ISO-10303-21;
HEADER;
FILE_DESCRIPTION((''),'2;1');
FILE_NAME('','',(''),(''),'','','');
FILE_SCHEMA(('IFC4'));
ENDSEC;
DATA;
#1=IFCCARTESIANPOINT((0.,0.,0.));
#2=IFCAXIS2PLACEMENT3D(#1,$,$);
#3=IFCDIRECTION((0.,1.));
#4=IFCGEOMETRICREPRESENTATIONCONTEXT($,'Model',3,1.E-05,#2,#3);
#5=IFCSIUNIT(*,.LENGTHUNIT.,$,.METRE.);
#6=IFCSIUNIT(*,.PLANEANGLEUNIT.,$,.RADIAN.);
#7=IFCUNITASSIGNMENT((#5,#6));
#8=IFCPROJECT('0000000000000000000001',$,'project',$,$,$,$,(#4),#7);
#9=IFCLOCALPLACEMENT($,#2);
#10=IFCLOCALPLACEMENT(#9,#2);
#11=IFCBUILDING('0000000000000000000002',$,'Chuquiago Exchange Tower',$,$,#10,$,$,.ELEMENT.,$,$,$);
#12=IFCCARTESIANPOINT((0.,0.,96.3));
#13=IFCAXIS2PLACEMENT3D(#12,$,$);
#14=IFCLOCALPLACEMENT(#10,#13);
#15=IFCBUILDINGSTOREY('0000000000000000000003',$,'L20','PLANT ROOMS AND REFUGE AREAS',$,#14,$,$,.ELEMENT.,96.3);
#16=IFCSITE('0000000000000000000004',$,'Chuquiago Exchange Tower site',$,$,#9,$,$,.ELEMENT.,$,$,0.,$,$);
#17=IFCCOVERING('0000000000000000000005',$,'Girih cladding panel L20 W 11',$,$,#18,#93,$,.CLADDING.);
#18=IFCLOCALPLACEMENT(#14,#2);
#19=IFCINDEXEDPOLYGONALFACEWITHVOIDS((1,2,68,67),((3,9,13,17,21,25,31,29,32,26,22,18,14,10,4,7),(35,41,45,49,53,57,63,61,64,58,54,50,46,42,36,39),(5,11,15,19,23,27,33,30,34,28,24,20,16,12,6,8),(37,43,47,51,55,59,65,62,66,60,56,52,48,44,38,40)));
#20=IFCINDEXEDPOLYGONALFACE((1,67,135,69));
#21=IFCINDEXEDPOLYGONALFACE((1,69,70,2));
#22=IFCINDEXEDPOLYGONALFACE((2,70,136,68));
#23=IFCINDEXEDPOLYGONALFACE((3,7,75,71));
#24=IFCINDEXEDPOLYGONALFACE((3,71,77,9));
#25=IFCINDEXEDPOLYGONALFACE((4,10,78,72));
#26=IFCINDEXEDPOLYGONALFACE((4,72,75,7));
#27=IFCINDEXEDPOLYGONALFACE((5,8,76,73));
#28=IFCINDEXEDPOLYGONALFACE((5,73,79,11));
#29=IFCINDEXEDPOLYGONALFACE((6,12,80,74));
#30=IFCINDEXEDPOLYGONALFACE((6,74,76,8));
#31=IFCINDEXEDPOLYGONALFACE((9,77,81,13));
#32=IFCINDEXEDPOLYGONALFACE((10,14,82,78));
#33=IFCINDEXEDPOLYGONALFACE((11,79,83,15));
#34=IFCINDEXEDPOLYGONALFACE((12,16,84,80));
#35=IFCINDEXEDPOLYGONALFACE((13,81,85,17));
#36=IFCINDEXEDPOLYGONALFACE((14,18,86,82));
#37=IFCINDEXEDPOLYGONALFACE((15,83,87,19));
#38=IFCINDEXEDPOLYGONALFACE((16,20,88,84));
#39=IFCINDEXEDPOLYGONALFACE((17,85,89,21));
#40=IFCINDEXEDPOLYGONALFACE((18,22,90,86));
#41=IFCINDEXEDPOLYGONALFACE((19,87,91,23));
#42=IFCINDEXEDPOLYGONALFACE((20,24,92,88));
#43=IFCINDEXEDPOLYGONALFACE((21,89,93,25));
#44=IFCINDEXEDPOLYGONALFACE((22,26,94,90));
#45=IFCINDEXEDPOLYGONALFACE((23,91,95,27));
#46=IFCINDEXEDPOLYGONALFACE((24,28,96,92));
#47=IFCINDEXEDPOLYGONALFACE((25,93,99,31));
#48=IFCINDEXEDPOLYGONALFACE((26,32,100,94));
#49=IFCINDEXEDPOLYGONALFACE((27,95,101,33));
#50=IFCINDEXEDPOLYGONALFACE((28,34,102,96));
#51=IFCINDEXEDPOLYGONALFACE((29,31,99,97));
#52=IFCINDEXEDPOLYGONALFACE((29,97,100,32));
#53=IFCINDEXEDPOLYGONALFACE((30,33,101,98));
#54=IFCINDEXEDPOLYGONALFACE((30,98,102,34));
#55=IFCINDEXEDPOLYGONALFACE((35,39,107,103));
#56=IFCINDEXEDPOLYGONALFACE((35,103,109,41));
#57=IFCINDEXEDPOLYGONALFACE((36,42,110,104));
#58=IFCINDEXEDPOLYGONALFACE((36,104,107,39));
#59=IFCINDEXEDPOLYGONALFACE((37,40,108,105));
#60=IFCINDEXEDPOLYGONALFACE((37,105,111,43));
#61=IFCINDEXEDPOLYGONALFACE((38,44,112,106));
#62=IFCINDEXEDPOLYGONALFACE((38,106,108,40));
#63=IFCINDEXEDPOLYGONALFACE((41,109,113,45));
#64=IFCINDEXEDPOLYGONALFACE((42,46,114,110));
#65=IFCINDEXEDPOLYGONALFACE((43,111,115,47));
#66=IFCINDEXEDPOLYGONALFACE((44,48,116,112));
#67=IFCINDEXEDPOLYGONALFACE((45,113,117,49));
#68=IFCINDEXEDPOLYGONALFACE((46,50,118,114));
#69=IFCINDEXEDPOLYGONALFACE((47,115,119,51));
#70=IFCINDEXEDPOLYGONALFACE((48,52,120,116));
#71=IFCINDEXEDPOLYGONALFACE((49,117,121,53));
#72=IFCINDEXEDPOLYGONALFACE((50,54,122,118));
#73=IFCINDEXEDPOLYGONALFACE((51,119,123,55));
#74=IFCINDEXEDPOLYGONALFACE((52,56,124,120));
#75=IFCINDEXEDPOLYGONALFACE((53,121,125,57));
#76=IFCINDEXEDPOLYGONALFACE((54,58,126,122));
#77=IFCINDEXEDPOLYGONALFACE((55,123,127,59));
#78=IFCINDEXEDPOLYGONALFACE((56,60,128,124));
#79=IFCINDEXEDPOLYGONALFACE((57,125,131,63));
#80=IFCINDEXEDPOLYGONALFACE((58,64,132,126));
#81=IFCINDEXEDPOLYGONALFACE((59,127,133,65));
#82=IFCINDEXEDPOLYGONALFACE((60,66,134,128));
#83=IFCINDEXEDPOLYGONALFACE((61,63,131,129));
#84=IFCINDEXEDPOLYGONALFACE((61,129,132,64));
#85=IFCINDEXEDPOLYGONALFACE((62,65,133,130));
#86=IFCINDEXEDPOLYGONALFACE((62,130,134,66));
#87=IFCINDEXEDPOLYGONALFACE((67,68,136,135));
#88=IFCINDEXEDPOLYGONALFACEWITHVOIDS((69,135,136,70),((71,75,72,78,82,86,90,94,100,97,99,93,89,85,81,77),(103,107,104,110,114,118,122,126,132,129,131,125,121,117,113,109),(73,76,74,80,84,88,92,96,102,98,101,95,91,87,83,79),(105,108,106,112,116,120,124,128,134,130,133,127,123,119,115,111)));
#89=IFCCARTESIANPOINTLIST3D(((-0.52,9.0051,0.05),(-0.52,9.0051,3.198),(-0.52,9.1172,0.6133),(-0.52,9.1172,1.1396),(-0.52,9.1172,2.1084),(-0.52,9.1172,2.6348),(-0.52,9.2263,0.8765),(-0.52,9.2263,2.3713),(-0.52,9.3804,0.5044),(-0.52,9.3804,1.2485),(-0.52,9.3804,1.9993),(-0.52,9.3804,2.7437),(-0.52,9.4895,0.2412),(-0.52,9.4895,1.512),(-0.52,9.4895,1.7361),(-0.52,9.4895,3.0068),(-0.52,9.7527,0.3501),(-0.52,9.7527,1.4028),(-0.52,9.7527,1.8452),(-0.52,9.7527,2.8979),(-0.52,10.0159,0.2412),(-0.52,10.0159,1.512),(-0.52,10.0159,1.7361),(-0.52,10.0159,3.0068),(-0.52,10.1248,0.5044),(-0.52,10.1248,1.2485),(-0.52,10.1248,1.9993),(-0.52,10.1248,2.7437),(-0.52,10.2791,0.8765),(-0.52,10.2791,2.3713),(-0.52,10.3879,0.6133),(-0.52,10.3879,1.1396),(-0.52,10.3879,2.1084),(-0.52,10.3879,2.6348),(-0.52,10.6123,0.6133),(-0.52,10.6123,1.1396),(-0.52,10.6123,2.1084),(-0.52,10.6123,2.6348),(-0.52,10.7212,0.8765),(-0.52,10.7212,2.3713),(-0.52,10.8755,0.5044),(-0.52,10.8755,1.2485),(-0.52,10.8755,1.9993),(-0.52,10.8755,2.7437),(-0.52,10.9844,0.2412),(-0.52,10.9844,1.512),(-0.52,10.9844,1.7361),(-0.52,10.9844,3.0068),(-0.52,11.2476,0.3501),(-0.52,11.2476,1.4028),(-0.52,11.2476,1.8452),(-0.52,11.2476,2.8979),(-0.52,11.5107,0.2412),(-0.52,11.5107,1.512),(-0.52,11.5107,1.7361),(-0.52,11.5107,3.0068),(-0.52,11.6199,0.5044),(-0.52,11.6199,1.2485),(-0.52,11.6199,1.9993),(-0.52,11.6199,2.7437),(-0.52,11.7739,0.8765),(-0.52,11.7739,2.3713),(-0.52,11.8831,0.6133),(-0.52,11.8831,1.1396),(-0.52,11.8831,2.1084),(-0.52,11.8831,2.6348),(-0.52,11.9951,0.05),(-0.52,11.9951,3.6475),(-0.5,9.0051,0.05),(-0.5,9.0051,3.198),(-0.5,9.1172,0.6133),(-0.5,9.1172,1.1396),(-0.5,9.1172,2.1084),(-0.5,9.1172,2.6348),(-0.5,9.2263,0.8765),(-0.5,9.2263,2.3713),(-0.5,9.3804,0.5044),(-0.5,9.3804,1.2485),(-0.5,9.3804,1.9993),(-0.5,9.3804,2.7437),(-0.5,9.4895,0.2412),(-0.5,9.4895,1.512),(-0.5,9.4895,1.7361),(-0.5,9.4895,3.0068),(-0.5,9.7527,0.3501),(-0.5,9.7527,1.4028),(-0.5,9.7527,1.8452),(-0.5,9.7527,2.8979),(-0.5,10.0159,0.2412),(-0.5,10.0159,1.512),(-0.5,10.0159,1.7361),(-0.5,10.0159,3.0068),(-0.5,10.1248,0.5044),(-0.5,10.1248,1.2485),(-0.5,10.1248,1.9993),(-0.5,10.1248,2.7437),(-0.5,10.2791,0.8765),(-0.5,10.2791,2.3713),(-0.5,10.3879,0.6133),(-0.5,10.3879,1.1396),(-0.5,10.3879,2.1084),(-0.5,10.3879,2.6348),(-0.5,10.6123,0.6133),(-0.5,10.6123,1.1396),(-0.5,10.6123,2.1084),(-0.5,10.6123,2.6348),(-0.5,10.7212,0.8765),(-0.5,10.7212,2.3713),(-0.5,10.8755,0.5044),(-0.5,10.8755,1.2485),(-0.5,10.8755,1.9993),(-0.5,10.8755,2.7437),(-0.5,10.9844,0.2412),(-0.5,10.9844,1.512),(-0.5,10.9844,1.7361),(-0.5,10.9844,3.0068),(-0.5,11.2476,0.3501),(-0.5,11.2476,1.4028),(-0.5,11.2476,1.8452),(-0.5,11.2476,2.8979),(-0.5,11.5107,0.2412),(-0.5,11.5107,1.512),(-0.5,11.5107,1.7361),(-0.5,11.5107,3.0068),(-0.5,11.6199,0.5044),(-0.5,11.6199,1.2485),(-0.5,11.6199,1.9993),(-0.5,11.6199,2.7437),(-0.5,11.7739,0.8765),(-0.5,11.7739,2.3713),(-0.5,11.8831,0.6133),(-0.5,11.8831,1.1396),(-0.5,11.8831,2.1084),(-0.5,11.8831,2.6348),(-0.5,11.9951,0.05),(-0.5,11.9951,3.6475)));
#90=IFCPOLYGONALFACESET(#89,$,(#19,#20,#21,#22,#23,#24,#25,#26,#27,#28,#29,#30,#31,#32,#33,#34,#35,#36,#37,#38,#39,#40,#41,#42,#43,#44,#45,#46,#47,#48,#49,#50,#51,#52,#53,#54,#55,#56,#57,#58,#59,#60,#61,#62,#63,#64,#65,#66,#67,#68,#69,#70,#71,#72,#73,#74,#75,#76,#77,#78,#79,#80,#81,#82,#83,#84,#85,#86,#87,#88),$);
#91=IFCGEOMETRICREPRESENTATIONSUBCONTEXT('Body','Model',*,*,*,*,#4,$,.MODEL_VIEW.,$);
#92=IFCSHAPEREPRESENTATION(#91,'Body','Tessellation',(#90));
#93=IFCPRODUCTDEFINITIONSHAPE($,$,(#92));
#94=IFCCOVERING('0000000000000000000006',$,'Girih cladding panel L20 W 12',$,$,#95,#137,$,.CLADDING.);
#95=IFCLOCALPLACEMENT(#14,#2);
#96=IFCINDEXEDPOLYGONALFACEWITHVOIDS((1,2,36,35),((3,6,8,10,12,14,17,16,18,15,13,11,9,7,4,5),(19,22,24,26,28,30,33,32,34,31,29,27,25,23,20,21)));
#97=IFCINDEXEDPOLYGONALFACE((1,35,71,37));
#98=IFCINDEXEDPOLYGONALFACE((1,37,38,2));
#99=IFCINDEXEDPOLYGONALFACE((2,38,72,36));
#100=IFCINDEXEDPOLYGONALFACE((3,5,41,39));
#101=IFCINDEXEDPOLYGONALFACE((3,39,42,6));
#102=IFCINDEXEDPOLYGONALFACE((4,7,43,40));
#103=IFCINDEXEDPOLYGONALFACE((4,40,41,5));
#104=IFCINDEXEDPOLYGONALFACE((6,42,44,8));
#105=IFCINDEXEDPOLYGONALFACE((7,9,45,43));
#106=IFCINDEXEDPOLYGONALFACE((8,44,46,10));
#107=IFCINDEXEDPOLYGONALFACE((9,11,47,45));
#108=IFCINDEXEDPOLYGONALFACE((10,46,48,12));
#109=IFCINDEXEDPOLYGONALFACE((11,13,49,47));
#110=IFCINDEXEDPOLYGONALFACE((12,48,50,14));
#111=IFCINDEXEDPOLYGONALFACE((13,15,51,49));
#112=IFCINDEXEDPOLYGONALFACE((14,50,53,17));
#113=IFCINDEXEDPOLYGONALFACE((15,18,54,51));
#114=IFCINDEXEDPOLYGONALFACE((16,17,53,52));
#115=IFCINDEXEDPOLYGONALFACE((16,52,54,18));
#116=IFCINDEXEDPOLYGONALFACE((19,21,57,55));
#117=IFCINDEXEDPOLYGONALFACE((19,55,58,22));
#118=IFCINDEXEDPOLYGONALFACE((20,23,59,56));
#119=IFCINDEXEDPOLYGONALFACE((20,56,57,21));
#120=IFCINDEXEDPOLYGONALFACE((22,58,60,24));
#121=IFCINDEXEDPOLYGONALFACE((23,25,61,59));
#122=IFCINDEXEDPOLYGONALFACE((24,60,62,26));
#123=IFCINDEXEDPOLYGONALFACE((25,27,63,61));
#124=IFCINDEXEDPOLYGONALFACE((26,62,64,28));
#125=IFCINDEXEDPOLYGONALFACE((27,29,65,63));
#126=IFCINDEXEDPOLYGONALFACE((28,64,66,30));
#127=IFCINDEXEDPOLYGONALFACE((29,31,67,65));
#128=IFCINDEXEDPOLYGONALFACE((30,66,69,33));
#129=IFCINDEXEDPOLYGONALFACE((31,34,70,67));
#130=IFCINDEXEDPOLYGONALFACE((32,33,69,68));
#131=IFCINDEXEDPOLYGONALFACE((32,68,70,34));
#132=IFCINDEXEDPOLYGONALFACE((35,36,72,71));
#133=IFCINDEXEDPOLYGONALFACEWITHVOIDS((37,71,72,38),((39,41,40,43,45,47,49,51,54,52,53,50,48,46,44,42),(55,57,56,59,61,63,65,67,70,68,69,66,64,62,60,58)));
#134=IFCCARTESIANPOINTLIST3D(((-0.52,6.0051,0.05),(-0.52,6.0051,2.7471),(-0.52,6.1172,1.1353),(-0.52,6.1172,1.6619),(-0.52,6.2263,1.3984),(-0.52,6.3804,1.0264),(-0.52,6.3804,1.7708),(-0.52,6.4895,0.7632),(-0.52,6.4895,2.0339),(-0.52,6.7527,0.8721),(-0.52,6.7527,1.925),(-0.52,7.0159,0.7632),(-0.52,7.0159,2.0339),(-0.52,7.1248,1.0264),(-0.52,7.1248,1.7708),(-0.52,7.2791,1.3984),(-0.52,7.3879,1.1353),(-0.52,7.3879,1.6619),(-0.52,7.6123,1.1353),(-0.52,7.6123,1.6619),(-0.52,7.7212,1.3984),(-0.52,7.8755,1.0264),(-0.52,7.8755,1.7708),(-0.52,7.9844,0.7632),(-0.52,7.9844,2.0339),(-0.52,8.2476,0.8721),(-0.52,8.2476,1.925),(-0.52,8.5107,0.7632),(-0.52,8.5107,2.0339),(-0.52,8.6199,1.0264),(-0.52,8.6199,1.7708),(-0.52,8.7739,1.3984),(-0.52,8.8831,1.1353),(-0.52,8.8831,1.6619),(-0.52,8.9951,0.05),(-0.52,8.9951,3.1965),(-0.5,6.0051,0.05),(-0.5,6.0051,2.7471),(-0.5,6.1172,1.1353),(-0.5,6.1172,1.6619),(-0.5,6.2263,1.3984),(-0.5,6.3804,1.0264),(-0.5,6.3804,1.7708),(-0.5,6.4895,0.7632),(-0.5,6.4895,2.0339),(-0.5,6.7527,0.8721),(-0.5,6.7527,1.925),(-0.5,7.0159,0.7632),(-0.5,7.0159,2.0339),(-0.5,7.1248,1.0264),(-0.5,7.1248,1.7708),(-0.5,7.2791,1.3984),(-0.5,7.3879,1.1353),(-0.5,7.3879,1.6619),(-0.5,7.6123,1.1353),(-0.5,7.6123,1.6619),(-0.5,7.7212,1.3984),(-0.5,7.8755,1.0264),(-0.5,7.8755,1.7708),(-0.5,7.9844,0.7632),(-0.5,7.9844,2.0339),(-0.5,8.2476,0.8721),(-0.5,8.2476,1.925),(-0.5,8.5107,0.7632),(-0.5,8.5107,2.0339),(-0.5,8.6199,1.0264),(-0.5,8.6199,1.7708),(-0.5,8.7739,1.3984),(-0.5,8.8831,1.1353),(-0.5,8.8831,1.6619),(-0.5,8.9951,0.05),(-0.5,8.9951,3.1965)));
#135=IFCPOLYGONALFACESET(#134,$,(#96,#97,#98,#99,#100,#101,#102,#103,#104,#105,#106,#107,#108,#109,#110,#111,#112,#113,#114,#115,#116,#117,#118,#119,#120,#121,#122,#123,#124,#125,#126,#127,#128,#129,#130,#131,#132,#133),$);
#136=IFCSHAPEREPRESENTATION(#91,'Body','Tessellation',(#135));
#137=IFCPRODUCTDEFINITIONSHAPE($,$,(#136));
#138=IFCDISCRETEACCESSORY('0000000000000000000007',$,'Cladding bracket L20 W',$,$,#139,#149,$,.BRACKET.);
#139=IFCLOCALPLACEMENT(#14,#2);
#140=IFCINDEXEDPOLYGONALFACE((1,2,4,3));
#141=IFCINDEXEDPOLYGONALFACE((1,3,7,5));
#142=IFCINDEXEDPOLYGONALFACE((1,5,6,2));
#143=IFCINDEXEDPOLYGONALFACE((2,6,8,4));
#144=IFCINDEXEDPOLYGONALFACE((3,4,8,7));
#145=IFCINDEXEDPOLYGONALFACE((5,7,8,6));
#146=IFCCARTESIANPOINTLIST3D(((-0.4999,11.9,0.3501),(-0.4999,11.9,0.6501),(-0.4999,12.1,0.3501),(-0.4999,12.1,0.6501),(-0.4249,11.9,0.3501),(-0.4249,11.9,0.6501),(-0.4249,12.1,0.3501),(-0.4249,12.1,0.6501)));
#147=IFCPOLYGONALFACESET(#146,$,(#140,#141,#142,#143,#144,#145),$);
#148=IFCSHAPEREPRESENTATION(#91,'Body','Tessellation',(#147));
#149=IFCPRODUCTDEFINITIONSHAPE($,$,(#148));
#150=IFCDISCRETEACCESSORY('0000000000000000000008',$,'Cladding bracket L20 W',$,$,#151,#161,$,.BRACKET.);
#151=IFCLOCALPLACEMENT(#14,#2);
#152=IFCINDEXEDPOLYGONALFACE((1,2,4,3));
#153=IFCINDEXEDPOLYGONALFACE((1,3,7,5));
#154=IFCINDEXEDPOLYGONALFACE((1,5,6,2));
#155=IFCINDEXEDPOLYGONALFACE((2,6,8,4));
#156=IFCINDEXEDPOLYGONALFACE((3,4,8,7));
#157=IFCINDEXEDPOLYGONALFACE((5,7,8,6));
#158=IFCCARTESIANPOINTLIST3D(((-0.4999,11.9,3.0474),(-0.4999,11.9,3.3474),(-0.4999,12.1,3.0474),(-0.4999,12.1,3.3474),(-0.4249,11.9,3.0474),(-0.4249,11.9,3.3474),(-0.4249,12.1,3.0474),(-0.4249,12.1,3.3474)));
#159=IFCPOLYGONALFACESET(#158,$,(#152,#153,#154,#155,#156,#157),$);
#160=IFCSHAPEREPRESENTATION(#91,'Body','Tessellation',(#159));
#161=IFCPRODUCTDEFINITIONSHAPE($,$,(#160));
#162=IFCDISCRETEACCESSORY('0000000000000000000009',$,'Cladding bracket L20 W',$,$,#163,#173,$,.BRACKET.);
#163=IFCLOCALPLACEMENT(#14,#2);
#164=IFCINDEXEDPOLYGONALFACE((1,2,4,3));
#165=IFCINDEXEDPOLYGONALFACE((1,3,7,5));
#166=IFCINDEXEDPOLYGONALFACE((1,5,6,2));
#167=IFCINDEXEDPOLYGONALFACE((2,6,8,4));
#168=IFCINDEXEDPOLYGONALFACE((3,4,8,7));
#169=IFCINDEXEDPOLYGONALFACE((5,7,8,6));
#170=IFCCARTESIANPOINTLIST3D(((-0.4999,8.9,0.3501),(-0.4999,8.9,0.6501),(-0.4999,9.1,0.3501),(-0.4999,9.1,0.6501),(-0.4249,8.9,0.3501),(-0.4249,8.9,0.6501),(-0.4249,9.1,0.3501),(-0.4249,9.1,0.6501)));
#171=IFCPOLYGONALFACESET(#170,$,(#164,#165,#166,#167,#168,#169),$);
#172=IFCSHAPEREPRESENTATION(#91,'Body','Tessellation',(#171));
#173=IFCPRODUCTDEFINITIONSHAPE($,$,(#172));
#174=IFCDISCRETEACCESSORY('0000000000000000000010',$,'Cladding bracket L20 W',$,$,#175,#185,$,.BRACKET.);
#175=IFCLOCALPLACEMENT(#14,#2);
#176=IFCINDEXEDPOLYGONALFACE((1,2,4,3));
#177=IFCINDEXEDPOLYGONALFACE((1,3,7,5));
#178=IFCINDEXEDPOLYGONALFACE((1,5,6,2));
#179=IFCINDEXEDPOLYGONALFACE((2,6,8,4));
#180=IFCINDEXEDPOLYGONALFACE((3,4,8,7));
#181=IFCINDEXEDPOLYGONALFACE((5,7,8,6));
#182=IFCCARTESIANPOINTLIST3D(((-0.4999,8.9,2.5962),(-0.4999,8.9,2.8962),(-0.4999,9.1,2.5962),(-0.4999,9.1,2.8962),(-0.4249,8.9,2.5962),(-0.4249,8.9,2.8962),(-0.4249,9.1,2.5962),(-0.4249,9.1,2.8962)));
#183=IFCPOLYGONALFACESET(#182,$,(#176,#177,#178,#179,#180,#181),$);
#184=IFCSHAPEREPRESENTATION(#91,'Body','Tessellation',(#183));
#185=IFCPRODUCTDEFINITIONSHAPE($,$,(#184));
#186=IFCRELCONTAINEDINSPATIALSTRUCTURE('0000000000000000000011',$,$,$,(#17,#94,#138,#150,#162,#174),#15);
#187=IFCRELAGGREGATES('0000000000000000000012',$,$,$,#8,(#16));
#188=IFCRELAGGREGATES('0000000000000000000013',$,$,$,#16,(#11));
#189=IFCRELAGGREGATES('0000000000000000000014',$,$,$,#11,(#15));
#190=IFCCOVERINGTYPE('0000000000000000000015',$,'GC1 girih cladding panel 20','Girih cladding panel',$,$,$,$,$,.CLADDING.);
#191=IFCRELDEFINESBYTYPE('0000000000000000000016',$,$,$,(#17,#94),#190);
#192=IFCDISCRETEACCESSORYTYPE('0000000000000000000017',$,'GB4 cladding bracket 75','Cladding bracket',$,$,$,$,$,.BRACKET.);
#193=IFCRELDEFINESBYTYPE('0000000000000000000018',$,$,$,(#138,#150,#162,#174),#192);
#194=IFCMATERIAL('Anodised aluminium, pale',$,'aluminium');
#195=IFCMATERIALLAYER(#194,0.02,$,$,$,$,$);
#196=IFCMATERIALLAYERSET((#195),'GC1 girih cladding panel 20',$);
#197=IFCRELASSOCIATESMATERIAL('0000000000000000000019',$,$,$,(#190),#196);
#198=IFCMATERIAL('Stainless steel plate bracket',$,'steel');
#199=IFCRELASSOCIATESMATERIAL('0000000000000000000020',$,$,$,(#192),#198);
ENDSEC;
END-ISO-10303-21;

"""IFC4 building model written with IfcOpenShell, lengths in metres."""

from ifc_helpers import new_model, si_unit, direction, frame, origin, origin_2d, place, context, subcontext, project, spatial, polyline, rectangle, outline, extrude, material, layer, layer_set, type_object, element, save


model = new_model("IFC4")

# Units and contexts
model_context = context("Model", 3, precision=1e-05, world=origin(), true_north=direction((0.0, 1.0)))
body_context = subcontext(model_context, "Body", "Model", "MODEL_VIEW")
ifc_project = project(units=[si_unit("LENGTHUNIT", "METRE"), si_unit("PLANEANGLEUNIT", "RADIAN")], contexts=[model_context])

# Site, building, storey
site_placement = place(None, origin())
site = spatial("IfcSite", under=ifc_project, at=site_placement, Name="Chuquiago Exchange Tower site", CompositionType="ELEMENT", RefElevation=0.0)
building_placement = place(site_placement, origin())
building = spatial("IfcBuilding", under=site, at=building_placement, Name="Chuquiago Exchange Tower", CompositionType="ELEMENT")
storey_placement = place(building_placement, frame((0.0, 0.0, 96.3)))
storey = spatial("IfcBuildingStorey", under=building, at=storey_placement, Name="L20", Description="PLANT ROOMS AND REFUGE AREAS", CompositionType="ELEMENT", Elevation=96.3)

# Coverings
ifc_material_1 = material(Name="Anodised aluminium, pale", Category="aluminium")
ifc_layer_1 = layer(ifc_material_1, 0.02)
ifc_layer_set_1 = layer_set([ifc_layer_1], Name="GC1 girih cladding panel 20")
covering_type = type_object("IfcCoveringType", Name="GC1 girih cladding panel 20", Description="Girih cladding panel", PredefinedType="CLADDING", material=ifc_layer_set_1)
covering_1_placement = place(storey_placement, frame((-0.5, 11.9951, 0.05), z_axis=(0.0, 0.0, 1.0), x_axis=(0.0, -1.0, 0.0)))
element("IfcCovering", 1, at=covering_1_placement, inside=storey, type_object=covering_type, Name="Girih cladding panel L20 W 11", PredefinedType="CLADDING", context=body_context, shape_type="SweptSolid", body=[
    extrude(outline(polyline([(0.0, 0.0), (2.99, 0.0), (2.99, 3.1479), (0.0, 3.5974), (0.0, 0.0)]), holes=[polyline([(1.2739, 0.8264), (1.3828, 1.0896), (1.1196, 1.1985), (1.0107, 1.4619), (0.7476, 1.3528), (0.4844, 1.4619), (0.3752, 1.1985), (0.1121, 1.0896), (0.2212, 0.8264), (0.1121, 0.5632), (0.3752, 0.4543), (0.4844, 0.1912), (0.7476, 0.3), (1.0107, 0.1912), (1.1196, 0.4543), (1.3828, 0.5632), (1.2739, 0.8264)]), polyline([(2.7688, 0.8264), (2.8779, 1.0896), (2.6147, 1.1985), (2.5056, 1.4619), (2.2424, 1.3528), (1.9792, 1.4619), (1.8704, 1.1985), (1.6072, 1.0896), (1.7161, 0.8264), (1.6072, 0.5632), (1.8704, 0.4543), (1.9792, 0.1912), (2.2424, 0.3), (2.5056, 0.1912), (2.6147, 0.4543), (2.8779, 0.5632), (2.7688, 0.8264)]), polyline([(1.2739, 2.3213), (1.3828, 2.5847), (1.1196, 2.6936), (1.0107, 2.9568), (0.7476, 2.8479), (0.4844, 2.9568), (0.3752, 2.6936), (0.1121, 2.5847), (0.2212, 2.3213), (0.1121, 2.0583), (0.3752, 1.9492), (0.4844, 1.686), (0.7476, 1.7952), (1.0107, 1.686), (1.1196, 1.9492), (1.3828, 2.0583), (1.2739, 2.3213)]), polyline([(2.7688, 2.3213), (2.8779, 2.5847), (2.6147, 2.6936), (2.5056, 2.9568), (2.2424, 2.8479), (1.9792, 2.9568), (1.8704, 2.6936), (1.6072, 2.5847), (1.7161, 2.3213), (1.6072, 2.0583), (1.8704, 1.9492), (1.9792, 1.686), (2.2424, 1.7952), (2.5056, 1.686), (2.6147, 1.9492), (2.8779, 2.0583), (2.7688, 2.3213)])]), frame((0.0, 0.0, 0.0), z_axis=(0.0, -1.0, 0.0), x_axis=(1.0, 0.0, 0.0)), (0.0, 0.0, 1.0), 0.02),
])
covering_2_placement = place(storey_placement, frame((-0.5, 8.9951, 0.05), z_axis=(0.0, 0.0, 1.0), x_axis=(0.0, -1.0, 0.0)))
element("IfcCovering", 2, at=covering_2_placement, inside=storey, type_object=covering_type, Name="Girih cladding panel L20 W 12", PredefinedType="CLADDING", context=body_context, shape_type="SweptSolid", body=[
    extrude(outline(polyline([(0.0, 0.0), (2.99, 0.0), (2.99, 2.697), (0.0, 3.1465), (0.0, 0.0)]), holes=[polyline([(1.2739, 1.3484), (1.3828, 1.6118), (1.1196, 1.7207), (1.0107, 1.9839), (0.7476, 1.875), (0.4844, 1.9839), (0.3752, 1.7207), (0.1121, 1.6118), (0.2212, 1.3484), (0.1121, 1.0852), (0.3752, 0.9763), (0.4844, 0.7131), (0.7476, 0.822), (1.0107, 0.7131), (1.1196, 0.9763), (1.3828, 1.0852), (1.2739, 1.3484)]), polyline([(2.7688, 1.3484), (2.8779, 1.6118), (2.6147, 1.7207), (2.5056, 1.9839), (2.2424, 1.875), (1.9792, 1.9839), (1.8704, 1.7207), (1.6072, 1.6118), (1.7161, 1.3484), (1.6072, 1.0852), (1.8704, 0.9763), (1.9792, 0.7131), (2.2424, 0.822), (2.5056, 0.7131), (2.6147, 0.9763), (2.8779, 1.0852), (2.7688, 1.3484)])]), frame((0.0, 0.0, 0.0), z_axis=(0.0, -1.0, 0.0), x_axis=(1.0, 0.0, 0.0)), (0.0, 0.0, 1.0), 0.02),
])

# Discrete accessories
ifc_material_2 = material(Name="Stainless steel plate bracket", Category="steel")
discrete_accessory_type = type_object("IfcDiscreteAccessoryType", Name="GB4 cladding bracket 75", Description="Cladding bracket", PredefinedType="BRACKET", material=ifc_material_2)
for number, where, z_axis, x_axis, name in (
    (3, (-0.4624, 12.0, 0.3501), (0.0, 0.0, 1.0), (0.0, -1.0, 0.0), "Cladding bracket L20 W"),
    (4, (-0.4624, 12.0, 3.0474), (0.0, 0.0, 1.0), (0.0, -1.0, 0.0), "Cladding bracket L20 W"),
    (5, (-0.4624, 9.0, 0.3501), (0.0, 0.0, 1.0), (0.0, -1.0, 0.0), "Cladding bracket L20 W"),
    (6, (-0.4624, 9.0, 2.5962), (0.0, 0.0, 1.0), (0.0, -1.0, 0.0), "Cladding bracket L20 W"),
):
    element("IfcDiscreteAccessory", number, at=place(storey_placement, frame(where, z_axis=z_axis, x_axis=x_axis)), inside=storey, type_object=discrete_accessory_type, Name=name, PredefinedType="BRACKET", context=body_context, shape_type="SweptSolid", body=[
        extrude(rectangle(XDim=0.2, YDim=0.075, at=origin_2d()), origin(), (0.0, 0.0, 1.0), 0.3),
    ])

save(model, "model.ifc")
